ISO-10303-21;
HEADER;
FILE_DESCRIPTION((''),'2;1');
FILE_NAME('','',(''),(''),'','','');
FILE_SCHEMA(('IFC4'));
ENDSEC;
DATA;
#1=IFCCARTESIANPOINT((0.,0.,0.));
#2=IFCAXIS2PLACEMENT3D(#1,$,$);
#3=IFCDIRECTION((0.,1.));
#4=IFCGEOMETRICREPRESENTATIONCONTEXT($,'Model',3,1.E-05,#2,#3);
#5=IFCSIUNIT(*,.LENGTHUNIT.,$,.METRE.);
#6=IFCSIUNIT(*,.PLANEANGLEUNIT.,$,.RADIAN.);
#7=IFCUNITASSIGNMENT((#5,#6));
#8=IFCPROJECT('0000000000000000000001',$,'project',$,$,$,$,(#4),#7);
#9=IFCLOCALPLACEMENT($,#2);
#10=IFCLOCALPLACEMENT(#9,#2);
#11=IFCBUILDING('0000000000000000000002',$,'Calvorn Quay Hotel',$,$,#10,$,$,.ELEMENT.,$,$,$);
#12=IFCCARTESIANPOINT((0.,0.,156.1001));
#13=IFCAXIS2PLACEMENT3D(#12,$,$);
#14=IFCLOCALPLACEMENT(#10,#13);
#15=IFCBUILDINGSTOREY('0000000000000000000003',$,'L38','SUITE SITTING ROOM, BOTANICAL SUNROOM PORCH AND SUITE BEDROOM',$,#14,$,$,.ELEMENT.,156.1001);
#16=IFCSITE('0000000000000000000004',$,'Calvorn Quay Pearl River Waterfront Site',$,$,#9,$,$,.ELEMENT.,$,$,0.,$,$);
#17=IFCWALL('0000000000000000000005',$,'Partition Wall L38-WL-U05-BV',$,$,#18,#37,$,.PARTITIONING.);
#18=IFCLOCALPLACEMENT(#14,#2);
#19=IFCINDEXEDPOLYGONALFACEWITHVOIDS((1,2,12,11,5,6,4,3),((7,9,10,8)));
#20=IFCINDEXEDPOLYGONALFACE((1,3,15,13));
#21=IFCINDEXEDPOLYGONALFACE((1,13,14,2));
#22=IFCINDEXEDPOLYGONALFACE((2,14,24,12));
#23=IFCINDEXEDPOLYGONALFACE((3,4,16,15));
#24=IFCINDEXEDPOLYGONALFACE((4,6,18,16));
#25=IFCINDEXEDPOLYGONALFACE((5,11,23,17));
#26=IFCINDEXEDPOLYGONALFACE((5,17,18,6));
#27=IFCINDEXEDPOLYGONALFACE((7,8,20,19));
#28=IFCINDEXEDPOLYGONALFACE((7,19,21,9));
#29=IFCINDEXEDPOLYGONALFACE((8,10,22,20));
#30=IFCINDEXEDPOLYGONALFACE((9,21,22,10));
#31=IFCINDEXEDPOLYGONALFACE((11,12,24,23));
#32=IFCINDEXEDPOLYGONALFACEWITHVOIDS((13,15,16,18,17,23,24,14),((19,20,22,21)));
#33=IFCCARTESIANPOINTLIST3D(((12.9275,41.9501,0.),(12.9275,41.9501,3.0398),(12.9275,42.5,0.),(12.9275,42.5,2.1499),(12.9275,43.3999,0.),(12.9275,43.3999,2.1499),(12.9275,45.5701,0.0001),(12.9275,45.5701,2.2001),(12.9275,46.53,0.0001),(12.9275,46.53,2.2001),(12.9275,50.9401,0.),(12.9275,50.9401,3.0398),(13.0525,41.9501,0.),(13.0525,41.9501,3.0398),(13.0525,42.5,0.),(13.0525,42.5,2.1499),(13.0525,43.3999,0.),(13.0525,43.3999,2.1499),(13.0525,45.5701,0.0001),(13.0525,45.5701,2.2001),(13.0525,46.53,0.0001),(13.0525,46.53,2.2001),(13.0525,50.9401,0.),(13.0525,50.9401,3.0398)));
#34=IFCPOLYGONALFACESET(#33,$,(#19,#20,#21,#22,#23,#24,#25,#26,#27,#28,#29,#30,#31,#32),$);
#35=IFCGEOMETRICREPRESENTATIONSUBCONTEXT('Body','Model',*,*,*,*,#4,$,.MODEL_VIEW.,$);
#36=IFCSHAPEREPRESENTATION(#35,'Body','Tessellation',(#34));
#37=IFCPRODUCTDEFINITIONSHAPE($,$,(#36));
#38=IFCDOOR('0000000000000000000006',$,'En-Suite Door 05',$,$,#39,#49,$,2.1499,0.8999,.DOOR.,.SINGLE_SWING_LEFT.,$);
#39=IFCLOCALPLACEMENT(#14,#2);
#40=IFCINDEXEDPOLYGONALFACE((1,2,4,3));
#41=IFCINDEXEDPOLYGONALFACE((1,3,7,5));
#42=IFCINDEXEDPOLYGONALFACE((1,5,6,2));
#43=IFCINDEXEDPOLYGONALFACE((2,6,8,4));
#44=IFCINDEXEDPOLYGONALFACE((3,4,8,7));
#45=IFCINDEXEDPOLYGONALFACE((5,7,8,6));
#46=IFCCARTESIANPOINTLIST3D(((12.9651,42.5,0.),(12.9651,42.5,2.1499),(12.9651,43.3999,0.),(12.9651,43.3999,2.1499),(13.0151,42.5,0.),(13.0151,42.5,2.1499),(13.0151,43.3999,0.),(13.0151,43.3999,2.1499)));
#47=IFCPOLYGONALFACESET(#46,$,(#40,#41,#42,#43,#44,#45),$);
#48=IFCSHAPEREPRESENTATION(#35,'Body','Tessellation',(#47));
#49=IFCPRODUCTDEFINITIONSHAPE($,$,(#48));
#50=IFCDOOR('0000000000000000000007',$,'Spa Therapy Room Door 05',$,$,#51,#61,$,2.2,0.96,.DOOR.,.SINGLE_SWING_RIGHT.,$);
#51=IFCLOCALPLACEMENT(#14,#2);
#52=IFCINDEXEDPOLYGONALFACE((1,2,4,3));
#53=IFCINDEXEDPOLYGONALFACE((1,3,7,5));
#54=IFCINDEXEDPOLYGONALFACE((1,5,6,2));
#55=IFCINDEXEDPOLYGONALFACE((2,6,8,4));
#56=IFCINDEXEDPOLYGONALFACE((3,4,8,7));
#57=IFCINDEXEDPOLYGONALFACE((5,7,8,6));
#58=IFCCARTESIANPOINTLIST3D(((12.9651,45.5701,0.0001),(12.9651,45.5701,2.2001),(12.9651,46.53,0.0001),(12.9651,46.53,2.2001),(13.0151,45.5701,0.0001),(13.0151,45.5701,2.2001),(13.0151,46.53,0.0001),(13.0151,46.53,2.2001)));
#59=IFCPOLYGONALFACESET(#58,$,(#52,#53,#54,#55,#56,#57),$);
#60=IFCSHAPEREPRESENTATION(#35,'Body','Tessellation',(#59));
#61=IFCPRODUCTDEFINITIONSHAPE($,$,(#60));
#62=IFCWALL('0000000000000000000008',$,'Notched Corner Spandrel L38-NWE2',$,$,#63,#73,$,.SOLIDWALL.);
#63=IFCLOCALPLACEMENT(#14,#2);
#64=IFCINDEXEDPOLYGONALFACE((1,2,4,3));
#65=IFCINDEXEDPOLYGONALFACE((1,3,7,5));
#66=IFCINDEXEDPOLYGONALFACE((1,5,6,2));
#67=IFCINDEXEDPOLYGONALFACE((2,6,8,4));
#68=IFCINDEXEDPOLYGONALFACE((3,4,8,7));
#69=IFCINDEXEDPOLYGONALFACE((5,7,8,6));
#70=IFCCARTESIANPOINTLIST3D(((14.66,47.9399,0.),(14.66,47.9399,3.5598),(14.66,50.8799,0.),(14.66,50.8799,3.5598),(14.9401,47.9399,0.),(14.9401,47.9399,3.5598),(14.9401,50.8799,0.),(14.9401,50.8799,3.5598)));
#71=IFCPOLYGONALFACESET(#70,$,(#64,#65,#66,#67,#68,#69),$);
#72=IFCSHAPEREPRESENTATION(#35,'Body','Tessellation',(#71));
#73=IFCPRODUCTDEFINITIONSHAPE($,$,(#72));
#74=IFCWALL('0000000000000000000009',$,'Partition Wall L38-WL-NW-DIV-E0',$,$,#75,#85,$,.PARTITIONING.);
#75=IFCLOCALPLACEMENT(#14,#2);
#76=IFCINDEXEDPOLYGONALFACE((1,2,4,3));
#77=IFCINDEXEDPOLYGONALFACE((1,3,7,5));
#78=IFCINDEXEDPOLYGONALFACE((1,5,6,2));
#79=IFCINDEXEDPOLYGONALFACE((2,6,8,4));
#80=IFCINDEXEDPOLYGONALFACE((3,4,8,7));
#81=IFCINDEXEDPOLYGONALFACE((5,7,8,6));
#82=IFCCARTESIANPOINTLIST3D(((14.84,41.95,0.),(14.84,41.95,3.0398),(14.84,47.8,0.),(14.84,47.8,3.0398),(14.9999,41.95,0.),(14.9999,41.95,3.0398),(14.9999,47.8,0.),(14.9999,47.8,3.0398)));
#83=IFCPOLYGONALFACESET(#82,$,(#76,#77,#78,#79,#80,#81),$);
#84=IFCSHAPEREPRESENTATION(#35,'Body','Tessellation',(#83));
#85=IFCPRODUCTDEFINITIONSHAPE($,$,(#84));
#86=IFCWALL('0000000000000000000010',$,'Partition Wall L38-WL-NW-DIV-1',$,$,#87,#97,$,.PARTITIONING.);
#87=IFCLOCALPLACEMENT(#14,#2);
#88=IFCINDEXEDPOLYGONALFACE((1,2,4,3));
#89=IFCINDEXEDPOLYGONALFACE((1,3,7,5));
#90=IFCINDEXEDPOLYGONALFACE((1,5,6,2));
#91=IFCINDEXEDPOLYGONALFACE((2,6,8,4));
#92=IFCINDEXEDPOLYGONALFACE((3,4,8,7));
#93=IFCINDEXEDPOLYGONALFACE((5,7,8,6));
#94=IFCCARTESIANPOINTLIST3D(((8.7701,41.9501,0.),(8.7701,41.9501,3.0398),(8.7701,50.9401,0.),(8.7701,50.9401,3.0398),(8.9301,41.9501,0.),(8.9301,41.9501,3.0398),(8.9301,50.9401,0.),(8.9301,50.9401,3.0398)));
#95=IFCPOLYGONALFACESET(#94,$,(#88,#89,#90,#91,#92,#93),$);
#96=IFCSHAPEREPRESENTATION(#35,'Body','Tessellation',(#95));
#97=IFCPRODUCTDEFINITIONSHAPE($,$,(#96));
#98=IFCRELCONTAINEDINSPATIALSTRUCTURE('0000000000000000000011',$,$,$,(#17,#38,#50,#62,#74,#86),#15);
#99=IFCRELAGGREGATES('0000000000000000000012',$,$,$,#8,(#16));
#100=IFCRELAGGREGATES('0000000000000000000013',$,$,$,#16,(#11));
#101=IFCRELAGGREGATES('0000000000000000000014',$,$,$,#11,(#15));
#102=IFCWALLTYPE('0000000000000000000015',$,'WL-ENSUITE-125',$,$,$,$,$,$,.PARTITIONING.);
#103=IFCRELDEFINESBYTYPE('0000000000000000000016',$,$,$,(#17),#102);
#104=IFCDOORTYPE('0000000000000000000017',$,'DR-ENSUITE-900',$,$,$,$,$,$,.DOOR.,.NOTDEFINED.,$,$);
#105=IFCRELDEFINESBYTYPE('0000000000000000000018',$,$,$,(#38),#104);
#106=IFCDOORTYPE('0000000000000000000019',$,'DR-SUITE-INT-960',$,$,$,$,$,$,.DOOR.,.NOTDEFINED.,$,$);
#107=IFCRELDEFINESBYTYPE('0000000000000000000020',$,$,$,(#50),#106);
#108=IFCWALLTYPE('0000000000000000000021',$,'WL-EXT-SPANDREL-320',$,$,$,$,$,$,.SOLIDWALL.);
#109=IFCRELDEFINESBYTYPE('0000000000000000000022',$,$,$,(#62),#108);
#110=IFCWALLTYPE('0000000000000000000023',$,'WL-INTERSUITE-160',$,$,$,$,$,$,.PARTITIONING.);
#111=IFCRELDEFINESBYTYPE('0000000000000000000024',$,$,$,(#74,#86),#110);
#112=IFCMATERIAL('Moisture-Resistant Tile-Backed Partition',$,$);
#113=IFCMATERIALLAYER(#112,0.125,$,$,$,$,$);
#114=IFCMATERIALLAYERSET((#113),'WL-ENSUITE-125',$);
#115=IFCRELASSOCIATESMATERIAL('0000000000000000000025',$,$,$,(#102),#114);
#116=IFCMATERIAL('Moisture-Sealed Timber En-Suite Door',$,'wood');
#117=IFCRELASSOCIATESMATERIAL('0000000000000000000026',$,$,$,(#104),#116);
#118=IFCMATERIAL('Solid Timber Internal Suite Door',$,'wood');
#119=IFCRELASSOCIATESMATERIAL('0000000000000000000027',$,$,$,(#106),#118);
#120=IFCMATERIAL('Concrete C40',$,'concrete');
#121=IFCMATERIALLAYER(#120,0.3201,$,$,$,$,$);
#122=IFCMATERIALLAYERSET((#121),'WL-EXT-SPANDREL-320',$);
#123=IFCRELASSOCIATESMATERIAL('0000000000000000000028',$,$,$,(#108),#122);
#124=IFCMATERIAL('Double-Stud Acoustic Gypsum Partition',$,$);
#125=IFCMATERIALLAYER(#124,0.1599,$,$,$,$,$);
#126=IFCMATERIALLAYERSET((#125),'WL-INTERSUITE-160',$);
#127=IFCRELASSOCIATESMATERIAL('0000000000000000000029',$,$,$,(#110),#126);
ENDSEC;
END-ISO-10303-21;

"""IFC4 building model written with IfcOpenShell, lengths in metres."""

from ifc_helpers import new_model, si_unit, direction, frame, frame_2d, origin, place, context, subcontext, project, spatial, rectangle, extrude, material, layer, layer_set, type_object, element, fill, save


model = new_model("IFC4")

# Units and contexts
model_context = context("Model", 3, precision=1e-05, world=origin(), true_north=direction((0.0, 1.0)))
body_context = subcontext(model_context, "Body", "Model", "MODEL_VIEW")
ifc_project = project(units=[si_unit("LENGTHUNIT", "METRE"), si_unit("PLANEANGLEUNIT", "RADIAN")], contexts=[model_context])

# Site, building, storey
site_placement = place(None, origin())
site = spatial("IfcSite", under=ifc_project, at=site_placement, Name="Calvorn Quay Pearl River Waterfront Site", CompositionType="ELEMENT", RefElevation=0.0)
building_placement = place(site_placement, origin())
building = spatial("IfcBuilding", under=site, at=building_placement, Name="Calvorn Quay Hotel", CompositionType="ELEMENT")
storey_placement = place(building_placement, frame((0.0, 0.0, 156.1001)))
storey = spatial("IfcBuildingStorey", under=building, at=storey_placement, Name="L38", Description="SUITE SITTING ROOM, BOTANICAL SUNROOM PORCH AND SUITE BEDROOM", CompositionType="ELEMENT", Elevation=156.1001)

# Shared definitions
ifc_material_1 = material(Name="Moisture-Resistant Tile-Backed Partition")
ifc_layer_1 = layer(ifc_material_1, 0.125)
ifc_layer_set_1 = layer_set([ifc_layer_1], Name="WL-ENSUITE-125")
wall_type_1 = type_object("IfcWallType", Name="WL-ENSUITE-125", PredefinedType="PARTITIONING", material=ifc_layer_set_1)

# Shared definitions
ifc_material_2 = material(Name="Moisture-Sealed Timber En-Suite Door", Category="wood")
door_type_1 = type_object("IfcDoorType", Name="DR-ENSUITE-900", OperationType="NOTDEFINED", PredefinedType="DOOR", material=ifc_material_2)
ifc_material_3 = material(Name="Solid Timber Internal Suite Door", Category="wood")
door_type_2 = type_object("IfcDoorType", Name="DR-SUITE-INT-960", OperationType="NOTDEFINED", PredefinedType="DOOR", material=ifc_material_3)

# Wall, openings, doors
wall_1_placement = place(storey_placement, frame((12.99, 41.95, 0.0), z_axis=(0.0, 0.0, 1.0), x_axis=(0.0, 1.0, 0.0)))
wall_1 = element("IfcWall", 1, at=wall_1_placement, inside=storey, type_object=wall_type_1, Name="Partition Wall L38-WL-U05-BV", PredefinedType="PARTITIONING", context=body_context, shape_type="SweptSolid", body=[
    extrude(rectangle(XDim=8.99, YDim=0.125, at=frame_2d((4.4951, 0.0))), origin(), (0.0, 0.0, 1.0), 3.0398),
])
opening_1_placement = place(wall_1_placement, frame((0.55, 0.0, 0.0)))
opening_1 = element("IfcOpeningElement", 2, at=opening_1_placement, cuts=wall_1, PredefinedType="OPENING", context=body_context, shape_type="SweptSolid", body=[
    extrude(rectangle(XDim=0.8999, YDim=2.1499, at=frame_2d((0.45, 1.075))), frame((0.0, 0.0725, 0.0), z_axis=(0.0, -1.0, 0.0), x_axis=(1.0, 0.0, 0.0)), (0.0, 0.0, 1.0), 0.145),
])
opening_2_placement = place(wall_1_placement, frame((3.6201, 0.0, 0.0)))
opening_2 = element("IfcOpeningElement", 3, at=opening_2_placement, cuts=wall_1, PredefinedType="OPENING", context=body_context, shape_type="SweptSolid", body=[
    extrude(rectangle(XDim=0.96, YDim=2.2, at=frame_2d((0.48, 1.1001))), frame((0.0, 0.0725, 0.0), z_axis=(0.0, -1.0, 0.0), x_axis=(1.0, 0.0, 0.0)), (0.0, 0.0, 1.0), 0.145),
])
door_1_placement = place(opening_1_placement, origin())
door_1 = element("IfcDoor", 4, at=door_1_placement, inside=storey, type_object=door_type_1, Name="En-Suite Door 05", OperationType="SINGLE_SWING_LEFT", OverallHeight=2.1499, OverallWidth=0.8999, PredefinedType="DOOR", context=body_context, shape_type="SweptSolid", body=[
    extrude(rectangle(XDim=0.8999, YDim=2.1499, at=frame_2d((0.45, 1.075))), frame((0.0, 0.0249, 0.0), z_axis=(0.0, -1.0, 0.0), x_axis=(1.0, 0.0, 0.0)), (0.0, 0.0, 1.0), 0.05),
])
fill(opening_1, door_1)
door_2_placement = place(opening_2_placement, origin())
door_2 = element("IfcDoor", 5, at=door_2_placement, inside=storey, type_object=door_type_2, Name="Spa Therapy Room Door 05", OperationType="SINGLE_SWING_RIGHT", OverallHeight=2.2, OverallWidth=0.96, PredefinedType="DOOR", context=body_context, shape_type="SweptSolid", body=[
    extrude(rectangle(XDim=0.96, YDim=2.2, at=frame_2d((0.48, 1.1001))), frame((0.0, 0.0249, 0.0), z_axis=(0.0, -1.0, 0.0), x_axis=(1.0, 0.0, 0.0)), (0.0, 0.0, 1.0), 0.05),
])
fill(opening_2, door_2)

# Walls
ifc_material_4 = material(Name="Concrete C40", Category="concrete")
ifc_layer_2 = layer(ifc_material_4, 0.3201)
ifc_layer_set_2 = layer_set([ifc_layer_2], Name="WL-EXT-SPANDREL-320")
wall_type_2 = type_object("IfcWallType", Name="WL-EXT-SPANDREL-320", PredefinedType="SOLIDWALL", material=ifc_layer_set_2)
wall_2_placement = place(storey_placement, frame((14.8, 47.9399, 0.0), z_axis=(0.0, 0.0, 1.0), x_axis=(0.0, 1.0, 0.0)))
element("IfcWall", 6, at=wall_2_placement, inside=storey, type_object=wall_type_2, Name="Notched Corner Spandrel L38-NWE2", PredefinedType="SOLIDWALL", context=body_context, shape_type="SweptSolid", body=[
    extrude(rectangle(XDim=2.9399, YDim=0.28, at=frame_2d((1.47, 0.0))), origin(), (0.0, 0.0, 1.0), 3.5598),
])
ifc_material_5 = material(Name="Double-Stud Acoustic Gypsum Partition")
ifc_layer_3 = layer(ifc_material_5, 0.1599)
ifc_layer_set_3 = layer_set([ifc_layer_3], Name="WL-INTERSUITE-160")
wall_type_3 = type_object("IfcWallType", Name="WL-INTERSUITE-160", PredefinedType="PARTITIONING", material=ifc_layer_set_3)
wall_3_placement = place(storey_placement, frame((14.9199, 41.95, 0.0), z_axis=(0.0, 0.0, 1.0), x_axis=(0.0, 1.0, 0.0)))
element("IfcWall", 7, at=wall_3_placement, inside=storey, type_object=wall_type_3, Name="Partition Wall L38-WL-NW-DIV-E0", PredefinedType="PARTITIONING", context=body_context, shape_type="SweptSolid", body=[
    extrude(rectangle(XDim=5.8501, YDim=0.1599, at=frame_2d((2.925, 0.0))), origin(), (0.0, 0.0, 1.0), 3.0398),
])
wall_4_placement = place(storey_placement, frame((8.8501, 41.95, 0.0), z_axis=(0.0, 0.0, 1.0), x_axis=(0.0, 1.0, 0.0)))
element("IfcWall", 8, at=wall_4_placement, inside=storey, type_object=wall_type_3, Name="Partition Wall L38-WL-NW-DIV-1", PredefinedType="PARTITIONING", context=body_context, shape_type="SweptSolid", body=[
    extrude(rectangle(XDim=8.99, YDim=0.1599, at=frame_2d((4.4951, 0.0))), origin(), (0.0, 0.0, 1.0), 3.0398),
])

save(model, "model.ifc")
